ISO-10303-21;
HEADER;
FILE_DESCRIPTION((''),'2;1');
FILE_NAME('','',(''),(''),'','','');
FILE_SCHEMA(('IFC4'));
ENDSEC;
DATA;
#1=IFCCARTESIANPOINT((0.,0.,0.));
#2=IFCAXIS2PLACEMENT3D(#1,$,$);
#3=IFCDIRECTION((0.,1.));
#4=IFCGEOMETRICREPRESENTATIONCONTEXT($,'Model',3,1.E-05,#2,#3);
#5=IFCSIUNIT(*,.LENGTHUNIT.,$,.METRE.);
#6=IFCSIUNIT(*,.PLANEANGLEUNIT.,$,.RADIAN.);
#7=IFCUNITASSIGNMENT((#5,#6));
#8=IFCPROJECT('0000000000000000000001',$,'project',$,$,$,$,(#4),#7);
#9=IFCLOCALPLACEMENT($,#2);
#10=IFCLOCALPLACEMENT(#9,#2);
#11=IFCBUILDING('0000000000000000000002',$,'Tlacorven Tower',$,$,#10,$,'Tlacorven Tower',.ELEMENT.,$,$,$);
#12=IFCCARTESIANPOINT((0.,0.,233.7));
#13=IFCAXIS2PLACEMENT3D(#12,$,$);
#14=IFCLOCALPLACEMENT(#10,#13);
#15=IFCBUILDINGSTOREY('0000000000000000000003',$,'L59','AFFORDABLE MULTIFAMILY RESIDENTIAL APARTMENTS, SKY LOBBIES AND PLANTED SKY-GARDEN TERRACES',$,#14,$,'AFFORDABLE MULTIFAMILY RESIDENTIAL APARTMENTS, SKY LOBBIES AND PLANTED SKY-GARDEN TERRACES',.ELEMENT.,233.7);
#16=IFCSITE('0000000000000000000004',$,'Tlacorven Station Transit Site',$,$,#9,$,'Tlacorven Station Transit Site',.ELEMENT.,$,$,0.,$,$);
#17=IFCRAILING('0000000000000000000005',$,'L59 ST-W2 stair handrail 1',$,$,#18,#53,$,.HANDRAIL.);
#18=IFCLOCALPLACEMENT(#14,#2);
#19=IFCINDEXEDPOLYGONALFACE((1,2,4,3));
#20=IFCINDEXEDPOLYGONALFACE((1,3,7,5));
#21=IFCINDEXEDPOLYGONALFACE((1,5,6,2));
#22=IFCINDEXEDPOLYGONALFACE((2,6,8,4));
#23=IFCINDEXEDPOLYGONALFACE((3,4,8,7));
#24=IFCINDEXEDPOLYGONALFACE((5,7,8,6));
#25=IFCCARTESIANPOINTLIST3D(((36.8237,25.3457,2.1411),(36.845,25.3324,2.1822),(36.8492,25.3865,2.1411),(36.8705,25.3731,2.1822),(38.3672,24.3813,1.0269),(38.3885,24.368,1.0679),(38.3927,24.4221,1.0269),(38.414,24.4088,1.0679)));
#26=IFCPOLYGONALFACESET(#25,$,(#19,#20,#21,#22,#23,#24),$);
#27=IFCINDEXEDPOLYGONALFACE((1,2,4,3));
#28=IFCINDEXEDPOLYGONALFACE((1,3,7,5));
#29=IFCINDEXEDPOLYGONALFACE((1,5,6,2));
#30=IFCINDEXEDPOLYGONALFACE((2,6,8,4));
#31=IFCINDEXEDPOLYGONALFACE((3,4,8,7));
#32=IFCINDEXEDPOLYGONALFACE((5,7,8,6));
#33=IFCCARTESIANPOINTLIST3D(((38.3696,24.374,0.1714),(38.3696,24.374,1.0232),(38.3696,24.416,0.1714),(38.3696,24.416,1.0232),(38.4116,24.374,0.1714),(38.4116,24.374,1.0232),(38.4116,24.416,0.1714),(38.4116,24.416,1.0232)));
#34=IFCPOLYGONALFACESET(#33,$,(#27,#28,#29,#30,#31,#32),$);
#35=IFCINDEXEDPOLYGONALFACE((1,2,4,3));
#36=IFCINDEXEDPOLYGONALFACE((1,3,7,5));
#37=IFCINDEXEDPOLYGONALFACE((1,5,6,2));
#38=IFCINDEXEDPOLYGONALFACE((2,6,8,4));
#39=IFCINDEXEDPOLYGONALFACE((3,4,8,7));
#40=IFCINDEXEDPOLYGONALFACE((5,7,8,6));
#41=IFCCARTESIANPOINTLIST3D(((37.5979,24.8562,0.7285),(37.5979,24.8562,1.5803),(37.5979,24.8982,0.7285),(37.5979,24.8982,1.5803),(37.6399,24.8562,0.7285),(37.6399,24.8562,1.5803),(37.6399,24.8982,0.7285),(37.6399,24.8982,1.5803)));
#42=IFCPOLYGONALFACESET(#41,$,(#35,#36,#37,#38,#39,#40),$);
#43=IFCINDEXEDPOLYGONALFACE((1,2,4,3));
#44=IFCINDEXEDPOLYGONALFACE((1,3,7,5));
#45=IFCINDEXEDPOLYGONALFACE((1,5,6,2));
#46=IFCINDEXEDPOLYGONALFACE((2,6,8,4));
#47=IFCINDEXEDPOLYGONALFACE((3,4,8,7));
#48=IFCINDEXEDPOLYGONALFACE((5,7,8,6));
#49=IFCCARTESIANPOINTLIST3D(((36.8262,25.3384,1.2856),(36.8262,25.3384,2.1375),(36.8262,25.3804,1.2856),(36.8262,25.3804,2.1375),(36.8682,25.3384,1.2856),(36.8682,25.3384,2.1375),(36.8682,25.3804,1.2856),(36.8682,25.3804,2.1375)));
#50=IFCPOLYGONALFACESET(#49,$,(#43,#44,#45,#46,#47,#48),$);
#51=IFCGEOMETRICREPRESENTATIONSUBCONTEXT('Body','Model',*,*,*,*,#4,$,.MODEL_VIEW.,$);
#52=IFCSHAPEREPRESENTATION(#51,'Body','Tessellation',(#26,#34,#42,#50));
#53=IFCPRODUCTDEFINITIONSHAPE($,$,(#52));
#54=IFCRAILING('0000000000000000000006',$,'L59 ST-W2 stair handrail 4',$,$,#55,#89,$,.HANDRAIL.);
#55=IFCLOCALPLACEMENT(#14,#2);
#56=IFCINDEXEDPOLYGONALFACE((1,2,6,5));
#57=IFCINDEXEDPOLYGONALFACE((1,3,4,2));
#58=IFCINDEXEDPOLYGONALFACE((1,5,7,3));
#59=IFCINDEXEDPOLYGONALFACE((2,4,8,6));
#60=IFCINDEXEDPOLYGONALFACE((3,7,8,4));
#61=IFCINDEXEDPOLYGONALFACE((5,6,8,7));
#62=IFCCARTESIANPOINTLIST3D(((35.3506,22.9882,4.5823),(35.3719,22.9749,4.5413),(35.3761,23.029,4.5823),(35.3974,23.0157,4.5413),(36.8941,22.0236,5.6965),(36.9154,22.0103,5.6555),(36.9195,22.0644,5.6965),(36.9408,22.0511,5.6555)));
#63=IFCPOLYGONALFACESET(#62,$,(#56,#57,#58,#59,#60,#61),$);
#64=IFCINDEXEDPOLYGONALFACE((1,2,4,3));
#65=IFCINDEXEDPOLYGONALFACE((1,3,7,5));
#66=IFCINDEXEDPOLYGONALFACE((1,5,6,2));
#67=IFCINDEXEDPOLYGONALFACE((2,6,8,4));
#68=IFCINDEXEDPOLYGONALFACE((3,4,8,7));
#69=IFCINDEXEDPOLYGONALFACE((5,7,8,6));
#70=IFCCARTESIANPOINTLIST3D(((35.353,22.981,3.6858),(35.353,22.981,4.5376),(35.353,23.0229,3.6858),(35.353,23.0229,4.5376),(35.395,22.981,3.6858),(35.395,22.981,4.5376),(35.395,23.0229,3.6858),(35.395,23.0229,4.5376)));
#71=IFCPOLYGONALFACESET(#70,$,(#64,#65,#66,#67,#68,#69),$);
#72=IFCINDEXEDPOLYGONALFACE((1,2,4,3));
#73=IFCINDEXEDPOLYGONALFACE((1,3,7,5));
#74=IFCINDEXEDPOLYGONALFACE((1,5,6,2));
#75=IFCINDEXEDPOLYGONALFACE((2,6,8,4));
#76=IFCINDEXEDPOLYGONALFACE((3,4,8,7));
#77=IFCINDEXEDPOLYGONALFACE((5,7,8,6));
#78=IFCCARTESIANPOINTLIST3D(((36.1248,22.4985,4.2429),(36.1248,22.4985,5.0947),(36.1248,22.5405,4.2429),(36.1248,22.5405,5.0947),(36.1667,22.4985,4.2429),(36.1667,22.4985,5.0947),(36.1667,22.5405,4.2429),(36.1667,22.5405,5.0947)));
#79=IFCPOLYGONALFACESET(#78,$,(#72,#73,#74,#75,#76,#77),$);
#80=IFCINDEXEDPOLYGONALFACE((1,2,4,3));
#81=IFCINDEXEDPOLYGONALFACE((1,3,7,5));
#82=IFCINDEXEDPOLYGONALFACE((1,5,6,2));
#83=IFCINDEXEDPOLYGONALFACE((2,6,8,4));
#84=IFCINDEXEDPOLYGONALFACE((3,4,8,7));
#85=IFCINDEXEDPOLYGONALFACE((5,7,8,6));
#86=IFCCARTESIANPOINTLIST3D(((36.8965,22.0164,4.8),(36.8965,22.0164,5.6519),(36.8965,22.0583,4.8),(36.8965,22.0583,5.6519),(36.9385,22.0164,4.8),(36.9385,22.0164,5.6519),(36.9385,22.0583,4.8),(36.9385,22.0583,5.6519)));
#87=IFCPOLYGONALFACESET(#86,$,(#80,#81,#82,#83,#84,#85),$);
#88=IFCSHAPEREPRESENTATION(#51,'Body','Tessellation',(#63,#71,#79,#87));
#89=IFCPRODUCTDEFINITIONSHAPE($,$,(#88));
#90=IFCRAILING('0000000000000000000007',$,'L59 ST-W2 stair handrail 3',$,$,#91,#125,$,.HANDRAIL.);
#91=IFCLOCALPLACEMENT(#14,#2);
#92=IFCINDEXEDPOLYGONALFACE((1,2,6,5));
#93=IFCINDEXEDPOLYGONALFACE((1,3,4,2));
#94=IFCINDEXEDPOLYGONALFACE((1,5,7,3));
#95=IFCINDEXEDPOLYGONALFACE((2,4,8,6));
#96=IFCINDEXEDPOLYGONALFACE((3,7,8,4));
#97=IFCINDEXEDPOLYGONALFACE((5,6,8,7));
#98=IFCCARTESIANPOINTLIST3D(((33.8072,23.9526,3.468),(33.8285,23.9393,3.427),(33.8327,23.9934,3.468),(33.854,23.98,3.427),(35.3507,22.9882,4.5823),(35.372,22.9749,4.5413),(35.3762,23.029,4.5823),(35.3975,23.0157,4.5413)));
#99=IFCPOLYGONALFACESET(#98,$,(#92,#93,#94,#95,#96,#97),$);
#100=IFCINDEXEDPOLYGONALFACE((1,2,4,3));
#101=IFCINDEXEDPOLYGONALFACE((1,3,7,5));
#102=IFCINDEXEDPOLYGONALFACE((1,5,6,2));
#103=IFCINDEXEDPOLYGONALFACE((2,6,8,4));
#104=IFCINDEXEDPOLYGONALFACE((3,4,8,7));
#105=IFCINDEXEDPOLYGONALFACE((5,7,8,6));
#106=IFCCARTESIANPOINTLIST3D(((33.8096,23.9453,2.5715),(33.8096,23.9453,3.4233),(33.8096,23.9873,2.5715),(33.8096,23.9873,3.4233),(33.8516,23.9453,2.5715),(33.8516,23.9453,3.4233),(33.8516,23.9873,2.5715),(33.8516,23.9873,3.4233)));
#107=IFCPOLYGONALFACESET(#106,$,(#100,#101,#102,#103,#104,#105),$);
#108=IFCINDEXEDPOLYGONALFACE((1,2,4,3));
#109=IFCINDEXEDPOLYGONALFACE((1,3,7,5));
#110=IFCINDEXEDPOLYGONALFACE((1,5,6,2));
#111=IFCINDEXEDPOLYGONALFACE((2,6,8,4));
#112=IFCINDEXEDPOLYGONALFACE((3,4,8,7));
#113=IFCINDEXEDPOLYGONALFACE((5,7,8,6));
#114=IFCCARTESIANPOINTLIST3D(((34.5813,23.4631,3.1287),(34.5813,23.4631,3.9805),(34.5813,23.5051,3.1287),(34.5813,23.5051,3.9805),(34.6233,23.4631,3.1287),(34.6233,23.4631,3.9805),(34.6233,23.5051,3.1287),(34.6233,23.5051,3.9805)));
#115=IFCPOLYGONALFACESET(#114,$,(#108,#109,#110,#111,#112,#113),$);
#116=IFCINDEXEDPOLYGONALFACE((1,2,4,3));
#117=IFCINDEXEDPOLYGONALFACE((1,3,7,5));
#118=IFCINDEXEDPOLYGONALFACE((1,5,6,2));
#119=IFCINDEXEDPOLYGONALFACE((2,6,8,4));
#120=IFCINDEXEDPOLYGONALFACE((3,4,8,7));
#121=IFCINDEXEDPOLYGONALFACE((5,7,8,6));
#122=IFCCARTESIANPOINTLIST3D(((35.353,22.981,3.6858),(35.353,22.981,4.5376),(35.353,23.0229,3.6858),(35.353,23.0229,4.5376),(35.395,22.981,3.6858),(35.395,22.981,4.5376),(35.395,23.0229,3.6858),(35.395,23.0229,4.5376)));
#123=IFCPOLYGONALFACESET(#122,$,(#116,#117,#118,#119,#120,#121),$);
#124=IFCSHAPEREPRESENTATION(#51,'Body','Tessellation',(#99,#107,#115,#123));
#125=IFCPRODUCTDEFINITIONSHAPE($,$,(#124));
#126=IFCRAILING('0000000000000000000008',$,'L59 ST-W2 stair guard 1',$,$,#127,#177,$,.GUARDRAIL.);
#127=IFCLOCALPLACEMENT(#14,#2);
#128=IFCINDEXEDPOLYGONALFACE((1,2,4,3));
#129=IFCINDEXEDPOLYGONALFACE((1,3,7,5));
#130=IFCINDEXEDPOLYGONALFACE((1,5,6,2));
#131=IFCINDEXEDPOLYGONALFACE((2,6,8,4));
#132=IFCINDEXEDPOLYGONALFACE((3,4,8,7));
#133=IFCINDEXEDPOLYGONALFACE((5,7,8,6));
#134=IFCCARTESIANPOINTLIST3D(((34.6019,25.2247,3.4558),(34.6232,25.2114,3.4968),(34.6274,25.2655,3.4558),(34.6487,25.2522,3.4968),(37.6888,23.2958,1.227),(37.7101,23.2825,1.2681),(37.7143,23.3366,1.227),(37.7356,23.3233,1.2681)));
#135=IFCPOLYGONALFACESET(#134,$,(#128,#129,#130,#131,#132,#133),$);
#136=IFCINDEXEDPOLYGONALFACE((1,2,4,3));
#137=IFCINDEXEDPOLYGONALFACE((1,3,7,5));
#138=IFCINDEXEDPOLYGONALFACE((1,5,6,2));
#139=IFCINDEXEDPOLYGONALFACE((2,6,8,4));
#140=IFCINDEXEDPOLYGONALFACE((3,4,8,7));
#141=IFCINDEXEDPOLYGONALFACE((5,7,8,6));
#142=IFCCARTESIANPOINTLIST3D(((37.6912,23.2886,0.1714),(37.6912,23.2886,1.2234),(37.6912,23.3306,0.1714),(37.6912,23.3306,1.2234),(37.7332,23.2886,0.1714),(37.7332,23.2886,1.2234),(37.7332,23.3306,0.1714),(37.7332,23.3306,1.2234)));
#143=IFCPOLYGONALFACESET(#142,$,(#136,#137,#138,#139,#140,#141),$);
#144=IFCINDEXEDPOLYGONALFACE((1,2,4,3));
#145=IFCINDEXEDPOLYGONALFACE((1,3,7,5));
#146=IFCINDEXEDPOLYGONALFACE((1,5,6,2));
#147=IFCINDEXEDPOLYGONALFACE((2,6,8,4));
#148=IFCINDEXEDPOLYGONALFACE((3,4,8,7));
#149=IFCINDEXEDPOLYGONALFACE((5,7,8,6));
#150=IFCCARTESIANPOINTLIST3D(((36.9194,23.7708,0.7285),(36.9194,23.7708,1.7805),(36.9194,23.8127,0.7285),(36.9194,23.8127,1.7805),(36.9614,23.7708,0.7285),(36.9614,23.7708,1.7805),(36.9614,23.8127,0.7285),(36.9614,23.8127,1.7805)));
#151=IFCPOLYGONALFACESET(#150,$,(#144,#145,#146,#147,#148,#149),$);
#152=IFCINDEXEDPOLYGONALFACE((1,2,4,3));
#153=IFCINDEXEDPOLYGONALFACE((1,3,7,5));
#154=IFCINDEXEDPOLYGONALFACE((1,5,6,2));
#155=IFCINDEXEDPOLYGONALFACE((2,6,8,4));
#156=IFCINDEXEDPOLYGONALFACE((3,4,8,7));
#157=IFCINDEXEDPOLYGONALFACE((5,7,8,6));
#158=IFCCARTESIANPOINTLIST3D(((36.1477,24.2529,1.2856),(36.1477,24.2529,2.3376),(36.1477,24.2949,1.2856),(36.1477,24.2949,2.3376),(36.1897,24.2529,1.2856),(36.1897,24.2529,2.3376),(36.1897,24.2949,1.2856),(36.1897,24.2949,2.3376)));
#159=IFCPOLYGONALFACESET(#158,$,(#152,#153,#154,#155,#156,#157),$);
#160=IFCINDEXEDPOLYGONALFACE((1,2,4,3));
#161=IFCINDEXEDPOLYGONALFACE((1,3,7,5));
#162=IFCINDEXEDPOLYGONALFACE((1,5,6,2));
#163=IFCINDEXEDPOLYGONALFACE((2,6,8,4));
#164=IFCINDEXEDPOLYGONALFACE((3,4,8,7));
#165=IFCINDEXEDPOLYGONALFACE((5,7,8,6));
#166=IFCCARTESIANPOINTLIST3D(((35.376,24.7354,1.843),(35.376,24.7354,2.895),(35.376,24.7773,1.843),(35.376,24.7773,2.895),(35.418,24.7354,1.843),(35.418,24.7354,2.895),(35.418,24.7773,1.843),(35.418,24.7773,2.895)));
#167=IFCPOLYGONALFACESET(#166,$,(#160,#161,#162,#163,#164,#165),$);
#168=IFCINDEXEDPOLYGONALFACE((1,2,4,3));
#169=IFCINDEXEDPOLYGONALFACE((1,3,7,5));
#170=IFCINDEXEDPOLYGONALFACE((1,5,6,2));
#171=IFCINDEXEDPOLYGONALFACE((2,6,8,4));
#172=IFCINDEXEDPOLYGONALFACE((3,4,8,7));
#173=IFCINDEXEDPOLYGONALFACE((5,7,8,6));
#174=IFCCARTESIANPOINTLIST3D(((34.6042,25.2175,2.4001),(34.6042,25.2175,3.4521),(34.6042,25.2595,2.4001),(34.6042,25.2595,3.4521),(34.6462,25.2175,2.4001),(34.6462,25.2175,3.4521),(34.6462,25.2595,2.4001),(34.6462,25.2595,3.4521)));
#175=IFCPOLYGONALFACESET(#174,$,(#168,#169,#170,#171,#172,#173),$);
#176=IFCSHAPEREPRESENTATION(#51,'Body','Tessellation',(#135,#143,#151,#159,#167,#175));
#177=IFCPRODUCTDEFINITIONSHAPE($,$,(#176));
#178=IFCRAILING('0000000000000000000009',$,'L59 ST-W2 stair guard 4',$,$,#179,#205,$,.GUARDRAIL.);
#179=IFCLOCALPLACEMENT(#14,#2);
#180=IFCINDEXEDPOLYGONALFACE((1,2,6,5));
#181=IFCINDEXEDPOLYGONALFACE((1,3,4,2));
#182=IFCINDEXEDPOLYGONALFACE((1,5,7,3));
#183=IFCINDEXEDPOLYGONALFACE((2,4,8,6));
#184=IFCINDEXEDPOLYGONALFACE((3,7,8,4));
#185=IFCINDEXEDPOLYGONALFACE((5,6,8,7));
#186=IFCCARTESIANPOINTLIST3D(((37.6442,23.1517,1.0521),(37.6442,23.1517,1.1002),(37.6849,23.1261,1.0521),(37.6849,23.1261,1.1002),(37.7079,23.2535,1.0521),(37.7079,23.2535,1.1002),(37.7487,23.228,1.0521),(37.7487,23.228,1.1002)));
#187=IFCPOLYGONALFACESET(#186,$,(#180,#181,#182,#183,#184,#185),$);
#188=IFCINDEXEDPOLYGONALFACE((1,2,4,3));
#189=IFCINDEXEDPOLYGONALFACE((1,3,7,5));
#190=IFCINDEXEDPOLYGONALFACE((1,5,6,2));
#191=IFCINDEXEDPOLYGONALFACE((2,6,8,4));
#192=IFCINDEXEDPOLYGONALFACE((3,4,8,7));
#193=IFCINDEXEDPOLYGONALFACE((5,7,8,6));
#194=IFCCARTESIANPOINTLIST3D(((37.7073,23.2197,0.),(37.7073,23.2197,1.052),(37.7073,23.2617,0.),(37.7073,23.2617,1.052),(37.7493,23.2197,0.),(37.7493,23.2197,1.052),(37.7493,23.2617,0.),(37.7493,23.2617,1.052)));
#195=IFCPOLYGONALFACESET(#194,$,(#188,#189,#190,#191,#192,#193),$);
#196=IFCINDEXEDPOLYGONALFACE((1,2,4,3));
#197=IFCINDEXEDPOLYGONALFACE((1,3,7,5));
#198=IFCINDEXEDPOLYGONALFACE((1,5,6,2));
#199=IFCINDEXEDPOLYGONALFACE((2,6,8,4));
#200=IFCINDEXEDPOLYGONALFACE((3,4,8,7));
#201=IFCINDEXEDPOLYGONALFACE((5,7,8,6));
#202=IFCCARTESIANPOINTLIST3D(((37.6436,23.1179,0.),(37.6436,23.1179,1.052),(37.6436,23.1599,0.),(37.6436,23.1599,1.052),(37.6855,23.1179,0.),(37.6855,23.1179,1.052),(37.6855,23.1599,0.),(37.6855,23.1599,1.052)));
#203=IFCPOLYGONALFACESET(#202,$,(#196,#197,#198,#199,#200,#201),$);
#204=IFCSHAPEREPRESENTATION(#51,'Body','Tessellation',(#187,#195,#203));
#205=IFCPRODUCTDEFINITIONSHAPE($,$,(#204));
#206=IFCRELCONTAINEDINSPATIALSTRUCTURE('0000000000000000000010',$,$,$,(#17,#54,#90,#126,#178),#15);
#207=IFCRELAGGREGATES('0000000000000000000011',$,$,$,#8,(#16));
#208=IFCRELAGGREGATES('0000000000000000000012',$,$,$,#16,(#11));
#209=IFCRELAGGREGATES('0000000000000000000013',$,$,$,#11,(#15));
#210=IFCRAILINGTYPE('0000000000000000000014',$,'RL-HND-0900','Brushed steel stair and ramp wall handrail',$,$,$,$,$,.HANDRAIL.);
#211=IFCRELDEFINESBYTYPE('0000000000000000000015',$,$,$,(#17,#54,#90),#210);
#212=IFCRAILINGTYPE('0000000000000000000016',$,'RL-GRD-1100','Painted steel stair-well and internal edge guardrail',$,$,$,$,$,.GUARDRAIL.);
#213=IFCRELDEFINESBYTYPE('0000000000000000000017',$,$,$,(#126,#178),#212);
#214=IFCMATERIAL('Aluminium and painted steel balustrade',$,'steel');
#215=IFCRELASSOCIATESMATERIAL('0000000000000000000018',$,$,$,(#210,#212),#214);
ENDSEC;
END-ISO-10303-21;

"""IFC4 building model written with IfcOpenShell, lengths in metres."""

from ifc_helpers import new_model, si_unit, direction, frame, origin, origin_2d, place, context, subcontext, project, spatial, rectangle, extrude, source, transform, mapped, material, type_object, element, save


model = new_model("IFC4")

# Units and contexts
model_context = context("Model", 3, precision=1e-05, world=origin(), true_north=direction((0.0, 1.0)))
body_context = subcontext(model_context, "Body", "Model", "MODEL_VIEW")
ifc_project = project(units=[si_unit("LENGTHUNIT", "METRE"), si_unit("PLANEANGLEUNIT", "RADIAN")], contexts=[model_context])

# Site, building, storey
site_placement = place(None, origin())
site = spatial("IfcSite", under=ifc_project, at=site_placement, Name="Tlacorven Station Transit Site", LongName="Tlacorven Station Transit Site", CompositionType="ELEMENT", RefElevation=0.0)
building_placement = place(site_placement, origin())
building = spatial("IfcBuilding", under=site, at=building_placement, Name="Tlacorven Tower", LongName="Tlacorven Tower", CompositionType="ELEMENT")
storey_placement = place(building_placement, frame((0.0, 0.0, 233.7)))
storey = spatial("IfcBuildingStorey", under=building, at=storey_placement, Name="L59", Description="AFFORDABLE MULTIFAMILY RESIDENTIAL APARTMENTS, SKY LOBBIES AND PLANTED SKY-GARDEN TERRACES", LongName="AFFORDABLE MULTIFAMILY RESIDENTIAL APARTMENTS, SKY LOBBIES AND PLANTED SKY-GARDEN TERRACES", CompositionType="ELEMENT", Elevation=233.7)

# Railings
ifc_material_1 = material(Name="Aluminium and painted steel balustrade", Category="steel")
railing_type_1 = type_object("IfcRailingType", Name="RL-HND-0900", Description="Brushed steel stair and ramp wall handrail", PredefinedType="HANDRAIL", material=ifc_material_1)
shared_shape_1 = source(origin(), body_context, "Body", "SweptSolid", [
    extrude(rectangle(XDim=0.0481, YDim=0.0481, at=origin_2d()), frame((0.0, 0.0, 0.876), z_axis=(-0.723281, 0.451908, 0.522153), x_axis=(-0.529878, -0.848074, 0.0)), (0.0, 0.0, 1.0), 2.134),
    extrude(rectangle(XDim=0.042, YDim=0.042, at=origin_2d()), origin(), (0.0, 0.0, 1.0), 0.8518),
    extrude(rectangle(XDim=0.042, YDim=0.042, at=origin_2d()), frame((-0.7717, 0.4822, 0.5571)), (0.0, 0.0, 1.0), 0.8518),
    extrude(rectangle(XDim=0.042, YDim=0.042, at=origin_2d()), frame((-1.5435, 0.9644, 1.1143)), (0.0, 0.0, 1.0), 0.8518),
])
railing_1_placement = place(storey_placement, frame((38.3906, 24.395, 0.1714)))
element("IfcRailing", 1, at=railing_1_placement, inside=storey, type_object=railing_type_1, Name="L59 ST-W2 stair handrail 1", PredefinedType="HANDRAIL", context=body_context, shape_type="MappedRepresentation", body=[
    mapped(shared_shape_1, transform((0.0, 0.0, 0.0), scale=1.0)),
])
shared_shape_2 = source(origin(), body_context, "Body", "SweptSolid", [
    extrude(rectangle(XDim=0.0481, YDim=0.0481, at=origin_2d()), frame((0.0, 0.0, 0.876), z_axis=(0.723244, -0.451999, 0.522126), x_axis=(0.529975, 0.848013, 0.0)), (0.0, 0.0, 1.0), 2.134),
    extrude(rectangle(XDim=0.042, YDim=0.042, at=origin_2d()), origin(), (0.0, 0.0, 1.0), 0.8518),
    extrude(rectangle(XDim=0.042, YDim=0.042, at=origin_2d()), frame((0.7717, -0.4824, 0.5571)), (0.0, 0.0, 1.0), 0.8518),
    extrude(rectangle(XDim=0.042, YDim=0.042, at=origin_2d()), frame((1.5435, -0.9646, 1.1143)), (0.0, 0.0, 1.0), 0.8518),
])
railing_2_placement = place(storey_placement, frame((35.374, 23.002, 3.6858)))
element("IfcRailing", 2, at=railing_2_placement, inside=storey, type_object=railing_type_1, Name="L59 ST-W2 stair handrail 4", PredefinedType="HANDRAIL", context=body_context, shape_type="MappedRepresentation", body=[
    mapped(shared_shape_2, transform((0.0, 0.0, 0.0), scale=1.0)),
])
shared_shape_3 = source(origin(), body_context, "Body", "SweptSolid", [
    extrude(rectangle(XDim=0.0481, YDim=0.0481, at=origin_2d()), frame((0.0, 0.0, 0.876), z_axis=(0.723281, -0.451908, 0.522153), x_axis=(0.529878, 0.848074, 0.0)), (0.0, 0.0, 1.0), 2.134),
    extrude(rectangle(XDim=0.042, YDim=0.042, at=origin_2d()), origin(), (0.0, 0.0, 1.0), 0.8518),
    extrude(rectangle(XDim=0.042, YDim=0.042, at=origin_2d()), frame((0.7717, -0.4822, 0.5571)), (0.0, 0.0, 1.0), 0.8518),
    extrude(rectangle(XDim=0.042, YDim=0.042, at=origin_2d()), frame((1.5435, -0.9644, 1.1143)), (0.0, 0.0, 1.0), 0.8518),
])
railing_3_placement = place(storey_placement, frame((33.8306, 23.9663, 2.5715)))
element("IfcRailing", 3, at=railing_3_placement, inside=storey, type_object=railing_type_1, Name="L59 ST-W2 stair handrail 3", PredefinedType="HANDRAIL", context=body_context, shape_type="MappedRepresentation", body=[
    mapped(shared_shape_3, transform((0.0, 0.0, 0.0), scale=1.0)),
])
railing_type_2 = type_object("IfcRailingType", Name="RL-GRD-1100", Description="Painted steel stair-well and internal edge guardrail", PredefinedType="GUARDRAIL", material=ifc_material_1)
shared_shape_4 = source(origin(), body_context, "Body", "SweptSolid", [
    extrude(rectangle(XDim=0.0481, YDim=0.0481, at=origin_2d()), frame((0.0, 0.0, 1.0762), z_axis=(-0.723241, 0.45194, 0.522182), x_axis=(-0.529927, -0.848044, 0.0)), (0.0, 0.0, 1.0), 4.2681),
    extrude(rectangle(XDim=0.042, YDim=0.042, at=origin_2d()), origin(), (0.0, 0.0, 1.0), 1.052),
    extrude(rectangle(XDim=0.042, YDim=0.042, at=origin_2d()), frame((-0.7717, 0.4822, 0.5571)), (0.0, 0.0, 1.0), 1.052),
    extrude(rectangle(XDim=0.042, YDim=0.042, at=origin_2d()), frame((-1.5435, 0.9644, 1.1143)), (0.0, 0.0, 1.0), 1.052),
    extrude(rectangle(XDim=0.042, YDim=0.042, at=origin_2d()), frame((-2.3152, 1.4468, 1.6716)), (0.0, 0.0, 1.0), 1.052),
    extrude(rectangle(XDim=0.042, YDim=0.042, at=origin_2d()), frame((-3.0869, 1.929, 2.2288)), (0.0, 0.0, 1.0), 1.052),
])
railing_4_placement = place(storey_placement, frame((37.7122, 23.3096, 0.1714)))
element("IfcRailing", 4, at=railing_4_placement, inside=storey, type_object=railing_type_2, Name="L59 ST-W2 stair guard 1", PredefinedType="GUARDRAIL", context=body_context, shape_type="MappedRepresentation", body=[
    mapped(shared_shape_4, transform((0.0, 0.0, 0.0), scale=1.0)),
])
shared_shape_5 = source(origin(), body_context, "Body", "SweptSolid", [
    extrude(rectangle(XDim=0.0481, YDim=0.0481, at=origin_2d()), frame((0.0, 0.0, 1.0762), z_axis=(-0.530547, -0.847656, 0.0), x_axis=(0.847656, -0.530547, 0.0)), (0.0, 0.0, 1.0), 0.1201),
    extrude(rectangle(XDim=0.042, YDim=0.042, at=origin_2d()), origin(), (0.0, 0.0, 1.0), 1.052),
    extrude(rectangle(XDim=0.042, YDim=0.042, at=origin_2d()), frame((-0.0637, -0.1018, 0.0)), (0.0, 0.0, 1.0), 1.052),
])
railing_5_placement = place(storey_placement, frame((37.7283, 23.2407, 0.0)))
element("IfcRailing", 5, at=railing_5_placement, inside=storey, type_object=railing_type_2, Name="L59 ST-W2 stair guard 4", PredefinedType="GUARDRAIL", context=body_context, shape_type="MappedRepresentation", body=[
    mapped(shared_shape_5, transform((0.0, 0.0, 0.0), scale=1.0)),
])

save(model, "model.ifc")
